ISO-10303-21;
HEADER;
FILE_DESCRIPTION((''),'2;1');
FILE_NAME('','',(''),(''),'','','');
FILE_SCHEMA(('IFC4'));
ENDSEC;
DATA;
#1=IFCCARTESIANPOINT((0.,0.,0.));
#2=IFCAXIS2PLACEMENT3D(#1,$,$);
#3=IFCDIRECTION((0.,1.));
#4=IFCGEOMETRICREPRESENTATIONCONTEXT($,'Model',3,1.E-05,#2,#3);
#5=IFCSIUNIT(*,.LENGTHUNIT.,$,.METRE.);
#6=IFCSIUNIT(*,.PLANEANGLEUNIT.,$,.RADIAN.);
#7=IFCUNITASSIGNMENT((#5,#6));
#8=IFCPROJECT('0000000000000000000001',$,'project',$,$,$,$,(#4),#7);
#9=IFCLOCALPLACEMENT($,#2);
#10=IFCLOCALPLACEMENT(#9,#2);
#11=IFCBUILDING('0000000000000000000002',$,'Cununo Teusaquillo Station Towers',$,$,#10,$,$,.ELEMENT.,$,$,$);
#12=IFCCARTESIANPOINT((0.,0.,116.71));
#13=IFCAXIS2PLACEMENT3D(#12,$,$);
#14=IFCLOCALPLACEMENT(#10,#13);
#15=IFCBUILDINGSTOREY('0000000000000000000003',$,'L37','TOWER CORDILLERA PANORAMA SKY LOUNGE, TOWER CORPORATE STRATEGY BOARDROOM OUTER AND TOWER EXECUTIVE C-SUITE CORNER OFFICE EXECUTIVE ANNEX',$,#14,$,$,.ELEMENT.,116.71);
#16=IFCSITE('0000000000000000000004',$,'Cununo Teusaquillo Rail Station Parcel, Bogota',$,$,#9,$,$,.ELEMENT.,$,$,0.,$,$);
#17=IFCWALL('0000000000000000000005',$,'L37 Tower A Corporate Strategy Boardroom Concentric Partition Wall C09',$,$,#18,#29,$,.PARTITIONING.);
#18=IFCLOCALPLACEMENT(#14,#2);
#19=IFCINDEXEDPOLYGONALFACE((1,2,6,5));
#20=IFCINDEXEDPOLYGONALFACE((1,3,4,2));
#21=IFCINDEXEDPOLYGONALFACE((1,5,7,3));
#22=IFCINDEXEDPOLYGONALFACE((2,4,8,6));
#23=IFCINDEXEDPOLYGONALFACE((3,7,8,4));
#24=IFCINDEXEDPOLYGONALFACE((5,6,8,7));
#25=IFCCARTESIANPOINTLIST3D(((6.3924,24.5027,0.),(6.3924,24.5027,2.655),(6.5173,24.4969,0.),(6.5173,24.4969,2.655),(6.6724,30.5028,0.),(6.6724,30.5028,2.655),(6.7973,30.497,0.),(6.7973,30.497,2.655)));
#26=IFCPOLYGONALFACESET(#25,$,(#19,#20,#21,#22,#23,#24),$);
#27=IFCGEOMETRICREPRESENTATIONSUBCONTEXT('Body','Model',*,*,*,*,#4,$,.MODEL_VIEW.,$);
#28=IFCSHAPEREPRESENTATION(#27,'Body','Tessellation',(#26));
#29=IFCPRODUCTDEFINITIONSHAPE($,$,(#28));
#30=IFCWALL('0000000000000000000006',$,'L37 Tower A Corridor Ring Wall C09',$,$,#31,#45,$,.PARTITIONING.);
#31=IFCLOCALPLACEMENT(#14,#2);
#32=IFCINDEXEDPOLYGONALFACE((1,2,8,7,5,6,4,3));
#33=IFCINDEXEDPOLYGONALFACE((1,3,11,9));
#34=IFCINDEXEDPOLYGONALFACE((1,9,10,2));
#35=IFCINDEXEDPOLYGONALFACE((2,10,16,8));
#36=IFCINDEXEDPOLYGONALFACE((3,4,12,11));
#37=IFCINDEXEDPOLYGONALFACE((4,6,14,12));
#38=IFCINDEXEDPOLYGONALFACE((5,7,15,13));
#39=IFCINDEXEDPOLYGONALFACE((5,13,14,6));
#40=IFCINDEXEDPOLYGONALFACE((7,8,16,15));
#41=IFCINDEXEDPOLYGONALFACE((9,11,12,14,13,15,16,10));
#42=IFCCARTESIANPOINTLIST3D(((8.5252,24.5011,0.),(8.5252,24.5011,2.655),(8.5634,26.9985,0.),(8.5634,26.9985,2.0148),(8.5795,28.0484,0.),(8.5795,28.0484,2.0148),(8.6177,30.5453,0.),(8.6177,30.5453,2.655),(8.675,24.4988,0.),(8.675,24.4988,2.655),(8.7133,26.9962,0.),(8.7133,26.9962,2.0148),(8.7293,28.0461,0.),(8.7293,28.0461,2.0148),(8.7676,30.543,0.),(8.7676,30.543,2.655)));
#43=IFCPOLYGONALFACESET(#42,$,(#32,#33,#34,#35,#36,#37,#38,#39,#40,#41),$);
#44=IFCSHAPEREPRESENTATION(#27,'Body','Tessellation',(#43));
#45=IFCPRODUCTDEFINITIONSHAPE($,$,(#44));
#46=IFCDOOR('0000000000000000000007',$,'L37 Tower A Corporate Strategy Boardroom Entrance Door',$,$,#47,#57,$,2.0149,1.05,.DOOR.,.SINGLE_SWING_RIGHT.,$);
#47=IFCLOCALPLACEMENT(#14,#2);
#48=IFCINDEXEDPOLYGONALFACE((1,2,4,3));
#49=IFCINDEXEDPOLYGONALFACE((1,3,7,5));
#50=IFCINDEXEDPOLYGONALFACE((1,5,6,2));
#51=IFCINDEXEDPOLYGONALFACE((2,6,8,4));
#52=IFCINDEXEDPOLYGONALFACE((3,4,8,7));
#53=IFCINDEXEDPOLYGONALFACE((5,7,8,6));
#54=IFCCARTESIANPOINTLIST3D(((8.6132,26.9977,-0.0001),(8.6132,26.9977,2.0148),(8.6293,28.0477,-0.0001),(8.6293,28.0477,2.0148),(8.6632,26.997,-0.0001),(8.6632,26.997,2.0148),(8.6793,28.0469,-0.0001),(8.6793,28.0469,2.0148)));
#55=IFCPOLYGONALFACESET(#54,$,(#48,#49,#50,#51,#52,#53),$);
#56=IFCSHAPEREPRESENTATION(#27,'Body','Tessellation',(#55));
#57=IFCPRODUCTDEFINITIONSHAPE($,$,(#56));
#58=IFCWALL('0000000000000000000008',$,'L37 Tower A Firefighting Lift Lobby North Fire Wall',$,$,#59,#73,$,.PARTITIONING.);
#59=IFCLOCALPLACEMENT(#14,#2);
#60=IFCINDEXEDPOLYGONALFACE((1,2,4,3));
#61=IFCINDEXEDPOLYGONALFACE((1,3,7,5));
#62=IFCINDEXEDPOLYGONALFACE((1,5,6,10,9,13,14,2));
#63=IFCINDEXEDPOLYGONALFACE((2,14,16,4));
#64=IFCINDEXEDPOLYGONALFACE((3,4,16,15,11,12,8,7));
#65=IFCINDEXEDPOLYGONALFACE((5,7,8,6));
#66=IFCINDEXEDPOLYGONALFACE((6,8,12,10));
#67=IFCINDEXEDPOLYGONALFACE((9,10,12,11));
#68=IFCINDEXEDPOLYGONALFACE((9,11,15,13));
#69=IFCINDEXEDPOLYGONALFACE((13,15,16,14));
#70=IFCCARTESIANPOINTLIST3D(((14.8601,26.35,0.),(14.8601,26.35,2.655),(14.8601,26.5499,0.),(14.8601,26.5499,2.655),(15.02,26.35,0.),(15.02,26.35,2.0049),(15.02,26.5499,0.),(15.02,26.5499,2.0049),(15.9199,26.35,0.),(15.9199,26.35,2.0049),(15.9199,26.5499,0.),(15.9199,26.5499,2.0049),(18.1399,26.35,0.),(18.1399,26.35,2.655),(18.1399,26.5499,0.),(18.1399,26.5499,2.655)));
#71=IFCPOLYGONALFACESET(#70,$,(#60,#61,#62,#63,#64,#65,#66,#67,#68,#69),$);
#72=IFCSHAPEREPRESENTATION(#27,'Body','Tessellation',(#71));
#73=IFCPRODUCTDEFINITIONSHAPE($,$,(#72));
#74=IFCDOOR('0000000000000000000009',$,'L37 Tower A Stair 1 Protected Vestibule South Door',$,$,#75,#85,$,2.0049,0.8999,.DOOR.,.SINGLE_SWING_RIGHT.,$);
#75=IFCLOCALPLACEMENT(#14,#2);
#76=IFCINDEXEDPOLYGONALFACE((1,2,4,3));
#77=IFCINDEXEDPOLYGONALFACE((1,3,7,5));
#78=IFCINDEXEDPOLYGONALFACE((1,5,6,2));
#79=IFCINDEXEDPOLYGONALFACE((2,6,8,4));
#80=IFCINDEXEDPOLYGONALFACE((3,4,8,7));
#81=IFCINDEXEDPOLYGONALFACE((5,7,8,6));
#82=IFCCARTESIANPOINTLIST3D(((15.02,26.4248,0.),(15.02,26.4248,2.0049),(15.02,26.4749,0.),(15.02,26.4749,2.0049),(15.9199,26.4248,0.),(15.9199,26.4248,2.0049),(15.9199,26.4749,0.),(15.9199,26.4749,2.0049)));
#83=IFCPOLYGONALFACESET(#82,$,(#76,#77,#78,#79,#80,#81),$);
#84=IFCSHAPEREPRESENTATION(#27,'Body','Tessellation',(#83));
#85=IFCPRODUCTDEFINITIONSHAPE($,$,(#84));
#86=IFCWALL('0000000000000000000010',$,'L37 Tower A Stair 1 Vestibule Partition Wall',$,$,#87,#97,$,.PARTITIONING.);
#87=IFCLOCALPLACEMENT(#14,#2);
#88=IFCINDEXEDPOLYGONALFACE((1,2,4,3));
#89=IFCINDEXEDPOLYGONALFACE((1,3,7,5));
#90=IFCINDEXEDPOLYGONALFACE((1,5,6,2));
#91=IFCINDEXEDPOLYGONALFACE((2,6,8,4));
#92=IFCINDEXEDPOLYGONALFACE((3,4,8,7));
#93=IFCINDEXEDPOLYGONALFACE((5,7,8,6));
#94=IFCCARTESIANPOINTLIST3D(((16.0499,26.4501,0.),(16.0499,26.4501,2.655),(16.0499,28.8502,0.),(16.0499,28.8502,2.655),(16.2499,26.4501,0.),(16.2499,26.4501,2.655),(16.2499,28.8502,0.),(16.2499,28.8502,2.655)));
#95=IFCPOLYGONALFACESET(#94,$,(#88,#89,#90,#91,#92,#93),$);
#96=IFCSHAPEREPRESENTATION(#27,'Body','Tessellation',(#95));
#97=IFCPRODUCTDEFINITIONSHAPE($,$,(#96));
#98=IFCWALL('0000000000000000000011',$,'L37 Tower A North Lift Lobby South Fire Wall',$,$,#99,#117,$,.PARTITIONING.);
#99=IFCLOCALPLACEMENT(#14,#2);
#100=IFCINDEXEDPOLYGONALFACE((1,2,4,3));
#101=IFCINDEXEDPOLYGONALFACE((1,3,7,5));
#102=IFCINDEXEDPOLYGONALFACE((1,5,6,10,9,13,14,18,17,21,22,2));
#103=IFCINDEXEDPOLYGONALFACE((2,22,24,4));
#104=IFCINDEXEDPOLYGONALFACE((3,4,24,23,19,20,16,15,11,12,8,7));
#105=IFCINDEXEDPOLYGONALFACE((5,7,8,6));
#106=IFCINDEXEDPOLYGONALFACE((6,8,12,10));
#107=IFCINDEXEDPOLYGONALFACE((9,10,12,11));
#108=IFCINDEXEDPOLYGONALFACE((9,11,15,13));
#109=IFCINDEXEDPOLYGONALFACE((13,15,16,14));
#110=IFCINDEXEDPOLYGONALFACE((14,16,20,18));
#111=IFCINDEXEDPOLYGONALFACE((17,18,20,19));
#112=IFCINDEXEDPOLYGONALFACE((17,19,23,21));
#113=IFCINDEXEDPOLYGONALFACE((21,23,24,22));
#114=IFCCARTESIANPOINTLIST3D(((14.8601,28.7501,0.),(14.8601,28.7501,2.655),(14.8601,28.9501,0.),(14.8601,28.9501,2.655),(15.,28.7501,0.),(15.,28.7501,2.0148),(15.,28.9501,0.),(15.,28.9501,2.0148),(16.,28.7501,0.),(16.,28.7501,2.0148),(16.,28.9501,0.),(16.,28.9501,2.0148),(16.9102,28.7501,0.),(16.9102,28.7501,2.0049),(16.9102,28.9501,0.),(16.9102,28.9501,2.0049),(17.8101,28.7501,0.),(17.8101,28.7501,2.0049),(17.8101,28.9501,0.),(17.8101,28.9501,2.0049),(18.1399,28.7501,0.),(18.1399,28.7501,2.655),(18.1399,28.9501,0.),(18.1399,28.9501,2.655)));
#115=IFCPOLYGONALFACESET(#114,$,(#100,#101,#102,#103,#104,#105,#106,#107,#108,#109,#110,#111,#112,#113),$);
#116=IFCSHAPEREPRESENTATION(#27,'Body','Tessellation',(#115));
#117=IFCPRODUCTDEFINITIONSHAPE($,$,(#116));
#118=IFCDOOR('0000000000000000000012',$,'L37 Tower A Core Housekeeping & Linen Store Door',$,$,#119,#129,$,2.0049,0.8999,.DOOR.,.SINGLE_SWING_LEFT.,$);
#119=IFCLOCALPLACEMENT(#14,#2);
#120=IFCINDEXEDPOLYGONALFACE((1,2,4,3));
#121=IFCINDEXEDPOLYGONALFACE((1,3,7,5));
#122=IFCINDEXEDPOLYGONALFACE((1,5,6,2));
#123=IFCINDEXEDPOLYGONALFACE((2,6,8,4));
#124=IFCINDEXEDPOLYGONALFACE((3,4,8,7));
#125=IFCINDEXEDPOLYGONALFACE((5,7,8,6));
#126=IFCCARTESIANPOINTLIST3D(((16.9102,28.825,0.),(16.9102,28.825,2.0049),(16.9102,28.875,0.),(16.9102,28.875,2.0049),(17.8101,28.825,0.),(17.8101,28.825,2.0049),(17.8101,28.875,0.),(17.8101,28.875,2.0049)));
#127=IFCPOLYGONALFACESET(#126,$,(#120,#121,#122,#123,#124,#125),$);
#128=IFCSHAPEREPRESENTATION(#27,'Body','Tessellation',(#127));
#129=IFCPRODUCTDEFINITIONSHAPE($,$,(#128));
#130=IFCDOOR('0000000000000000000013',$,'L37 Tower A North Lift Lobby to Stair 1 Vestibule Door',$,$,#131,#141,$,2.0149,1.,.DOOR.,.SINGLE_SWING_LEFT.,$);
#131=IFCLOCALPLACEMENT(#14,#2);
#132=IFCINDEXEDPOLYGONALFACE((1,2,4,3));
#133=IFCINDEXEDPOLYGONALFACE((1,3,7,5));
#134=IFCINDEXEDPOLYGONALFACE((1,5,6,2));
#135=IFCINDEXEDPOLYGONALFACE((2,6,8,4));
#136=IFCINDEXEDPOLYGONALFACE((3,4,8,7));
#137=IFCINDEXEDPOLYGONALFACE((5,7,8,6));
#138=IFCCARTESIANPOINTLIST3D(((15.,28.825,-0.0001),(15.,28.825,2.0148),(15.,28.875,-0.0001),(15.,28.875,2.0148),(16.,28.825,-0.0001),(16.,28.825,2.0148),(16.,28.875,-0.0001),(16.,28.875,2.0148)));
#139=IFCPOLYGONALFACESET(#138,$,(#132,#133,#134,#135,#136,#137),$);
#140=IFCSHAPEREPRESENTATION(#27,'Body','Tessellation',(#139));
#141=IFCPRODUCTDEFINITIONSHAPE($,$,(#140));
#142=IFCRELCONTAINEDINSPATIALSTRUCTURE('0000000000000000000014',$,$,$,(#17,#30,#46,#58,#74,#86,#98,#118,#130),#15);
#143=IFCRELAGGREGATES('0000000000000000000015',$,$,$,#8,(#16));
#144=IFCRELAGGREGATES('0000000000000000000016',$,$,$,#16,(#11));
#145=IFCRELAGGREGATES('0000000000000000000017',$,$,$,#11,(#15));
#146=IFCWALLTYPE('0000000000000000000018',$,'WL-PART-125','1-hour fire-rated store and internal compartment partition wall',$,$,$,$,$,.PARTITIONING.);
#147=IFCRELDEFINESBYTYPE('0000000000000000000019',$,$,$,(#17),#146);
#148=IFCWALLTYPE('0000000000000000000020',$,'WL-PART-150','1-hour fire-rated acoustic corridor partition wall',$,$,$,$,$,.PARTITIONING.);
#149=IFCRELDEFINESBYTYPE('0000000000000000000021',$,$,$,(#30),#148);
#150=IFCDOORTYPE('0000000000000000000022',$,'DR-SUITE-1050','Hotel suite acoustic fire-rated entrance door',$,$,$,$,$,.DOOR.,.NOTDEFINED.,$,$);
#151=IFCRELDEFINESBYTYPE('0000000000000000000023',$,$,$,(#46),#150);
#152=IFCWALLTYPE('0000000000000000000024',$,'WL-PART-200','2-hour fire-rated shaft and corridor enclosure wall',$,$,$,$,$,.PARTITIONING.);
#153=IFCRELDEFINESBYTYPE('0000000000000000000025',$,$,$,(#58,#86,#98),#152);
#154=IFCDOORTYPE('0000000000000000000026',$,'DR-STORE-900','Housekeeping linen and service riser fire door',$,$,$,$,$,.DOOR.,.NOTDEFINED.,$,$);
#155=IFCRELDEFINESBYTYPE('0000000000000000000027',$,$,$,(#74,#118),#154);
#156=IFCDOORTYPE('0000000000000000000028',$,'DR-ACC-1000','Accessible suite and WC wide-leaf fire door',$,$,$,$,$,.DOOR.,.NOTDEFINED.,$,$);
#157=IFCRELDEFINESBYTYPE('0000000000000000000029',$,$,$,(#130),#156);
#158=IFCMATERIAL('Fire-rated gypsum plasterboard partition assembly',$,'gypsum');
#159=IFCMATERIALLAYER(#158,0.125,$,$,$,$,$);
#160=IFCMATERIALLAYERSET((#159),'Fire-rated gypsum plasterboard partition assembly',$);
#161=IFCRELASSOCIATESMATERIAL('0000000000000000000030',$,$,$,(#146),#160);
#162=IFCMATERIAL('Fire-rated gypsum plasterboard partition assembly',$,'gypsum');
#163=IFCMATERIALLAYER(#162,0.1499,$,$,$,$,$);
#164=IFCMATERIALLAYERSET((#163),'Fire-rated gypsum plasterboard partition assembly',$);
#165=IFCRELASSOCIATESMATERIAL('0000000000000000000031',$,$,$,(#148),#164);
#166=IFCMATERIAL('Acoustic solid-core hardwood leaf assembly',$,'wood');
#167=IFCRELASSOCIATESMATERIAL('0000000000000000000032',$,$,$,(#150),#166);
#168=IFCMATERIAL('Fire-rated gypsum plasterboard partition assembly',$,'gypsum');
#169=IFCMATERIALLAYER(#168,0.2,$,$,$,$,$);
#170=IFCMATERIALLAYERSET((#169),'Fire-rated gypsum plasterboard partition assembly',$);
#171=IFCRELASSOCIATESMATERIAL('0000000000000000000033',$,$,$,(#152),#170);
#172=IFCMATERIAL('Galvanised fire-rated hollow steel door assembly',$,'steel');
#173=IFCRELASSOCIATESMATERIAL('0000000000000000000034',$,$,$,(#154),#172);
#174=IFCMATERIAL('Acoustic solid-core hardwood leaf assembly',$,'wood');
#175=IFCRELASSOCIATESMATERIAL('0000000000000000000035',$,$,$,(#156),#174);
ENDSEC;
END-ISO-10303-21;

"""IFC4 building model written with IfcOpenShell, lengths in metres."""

from ifc_helpers import new_model, si_unit, direction, frame, frame_2d, origin, place, context, subcontext, project, spatial, rectangle, extrude, source, transform, mapped, material, layer, layer_set, type_object, element, fill, save


model = new_model("IFC4")

# Units and contexts
model_context = context("Model", 3, precision=1e-05, world=origin(), true_north=direction((0.0, 1.0)))
body_context = subcontext(model_context, "Body", "Model", "MODEL_VIEW")
ifc_project = project(units=[si_unit("LENGTHUNIT", "METRE"), si_unit("PLANEANGLEUNIT", "RADIAN")], contexts=[model_context])

# Site, building, storey
site_placement = place(None, origin())
site = spatial("IfcSite", under=ifc_project, at=site_placement, Name="Cununo Teusaquillo Rail Station Parcel, Bogota", CompositionType="ELEMENT", RefElevation=0.0)
building_placement = place(site_placement, origin())
building = spatial("IfcBuilding", under=site, at=building_placement, Name="Cununo Teusaquillo Station Towers", CompositionType="ELEMENT")
storey_placement = place(building_placement, frame((0.0, 0.0, 116.71)))
storey = spatial("IfcBuildingStorey", under=building, at=storey_placement, Name="L37", Description="TOWER CORDILLERA PANORAMA SKY LOUNGE, TOWER CORPORATE STRATEGY BOARDROOM OUTER AND TOWER EXECUTIVE C-SUITE CORNER OFFICE EXECUTIVE ANNEX", CompositionType="ELEMENT", Elevation=116.71)

# Wall
ifc_material_1 = material(Name="Fire-rated gypsum plasterboard partition assembly", Category="gypsum")
ifc_layer_1 = layer(ifc_material_1, 0.125)
ifc_layer_set_1 = layer_set([ifc_layer_1], Name="Fire-rated gypsum plasterboard partition assembly")
wall_type_1 = type_object("IfcWallType", Name="WL-PART-125", Description="1-hour fire-rated store and internal compartment partition wall", PredefinedType="PARTITIONING", material=ifc_layer_set_1)
wall_1_placement = place(storey_placement, frame((6.7349, 30.5, 0.0), z_axis=(0.0, 0.0, 1.0), x_axis=(-0.046621, -0.998913, 0.0)))
element("IfcWall", 1, at=wall_1_placement, inside=storey, type_object=wall_type_1, Name="L37 Tower A Corporate Strategy Boardroom Concentric Partition Wall C09", PredefinedType="PARTITIONING", context=body_context, shape_type="SweptSolid", body=[
    extrude(rectangle(XDim=6.0066, YDim=0.125, at=frame_2d((3.0034, 0.0))), origin(), (0.0, 0.0, 1.0), 2.655),
])

# Walls, openings, doors
ifc_material_2 = material(Name="Fire-rated gypsum plasterboard partition assembly", Category="gypsum")
ifc_layer_2 = layer(ifc_material_2, 0.1499)
ifc_layer_set_2 = layer_set([ifc_layer_2], Name="Fire-rated gypsum plasterboard partition assembly")
wall_type_2 = type_object("IfcWallType", Name="WL-PART-150", Description="1-hour fire-rated acoustic corridor partition wall", PredefinedType="PARTITIONING", material=ifc_layer_set_2)
wall_2_placement = place(storey_placement, frame((8.6926, 30.5442, 0.0), z_axis=(0.0, 0.0, 1.0), x_axis=(-0.015307, -0.999883, 0.0)))
wall_2 = element("IfcWall", 2, at=wall_2_placement, inside=storey, type_object=wall_type_2, Name="L37 Tower A Corridor Ring Wall C09", PredefinedType="PARTITIONING", context=body_context, shape_type="SweptSolid", body=[
    extrude(rectangle(XDim=6.0449, YDim=0.1499, at=frame_2d((3.0225, 0.0))), origin(), (0.0, 0.0, 1.0), 2.655),
])
shared_shape_1 = source(origin(), body_context, "Body", "SweptSolid", [
    extrude(rectangle(XDim=1.05, YDim=2.0149, at=frame_2d((0.5249, 1.0073))), frame((0.0, 0.085, 0.0), z_axis=(0.0, -1.0, 0.0), x_axis=(1.0, 0.0, 0.0)), (0.0, 0.0, 1.0), 0.1699),
])
opening_1_placement = place(wall_2_placement, frame((2.4973, 0.0, 0.0)))
opening_1 = element("IfcOpeningElement", 3, at=opening_1_placement, cuts=wall_2, PredefinedType="OPENING", context=body_context, shape_type="MappedRepresentation", body=[
    mapped(shared_shape_1, transform((0.0, 0.0, 0.0), x_axis=(1.0, 0.0, 0.0), y_axis=(0.0, 1.0, 0.0), z_axis=(0.0, 0.0, 1.0), scale=1.0)),
])
ifc_material_3 = material(Name="Acoustic solid-core hardwood leaf assembly", Category="wood")
door_type_1 = type_object("IfcDoorType", Name="DR-SUITE-1050", Description="Hotel suite acoustic fire-rated entrance door", OperationType="NOTDEFINED", PredefinedType="DOOR", material=ifc_material_3)
shared_shape_2 = source(origin(), body_context, "Body", "SweptSolid", [
    extrude(rectangle(XDim=1.05, YDim=2.0149, at=frame_2d((0.5249, 1.0073))), frame((0.0, 0.0249, 0.0), z_axis=(0.0, -1.0, 0.0), x_axis=(1.0, 0.0, 0.0)), (0.0, 0.0, 1.0), 0.05),
])
door_1_placement = place(opening_1_placement, origin())
door_1 = element("IfcDoor", 4, at=door_1_placement, inside=storey, type_object=door_type_1, Name="L37 Tower A Corporate Strategy Boardroom Entrance Door", OperationType="SINGLE_SWING_RIGHT", OverallHeight=2.0149, OverallWidth=1.05, PredefinedType="DOOR", context=body_context, shape_type="MappedRepresentation", body=[
    mapped(shared_shape_2, transform((0.0, 0.0, 0.0), x_axis=(1.0, 0.0, 0.0), y_axis=(0.0, 1.0, 0.0), z_axis=(0.0, 0.0, 1.0), scale=1.0)),
])
fill(opening_1, door_1)
ifc_material_4 = material(Name="Fire-rated gypsum plasterboard partition assembly", Category="gypsum")
ifc_layer_3 = layer(ifc_material_4, 0.2)
ifc_layer_set_3 = layer_set([ifc_layer_3], Name="Fire-rated gypsum plasterboard partition assembly")
wall_type_3 = type_object("IfcWallType", Name="WL-PART-200", Description="2-hour fire-rated shaft and corridor enclosure wall", PredefinedType="PARTITIONING", material=ifc_layer_set_3)
wall_3_placement = place(storey_placement, frame((14.8601, 26.45, 0.0), z_axis=(0.0, 0.0, 1.0), x_axis=(1.0, 0.0, 0.0)))
wall_3 = element("IfcWall", 5, at=wall_3_placement, inside=storey, type_object=wall_type_3, Name="L37 Tower A Firefighting Lift Lobby North Fire Wall", PredefinedType="PARTITIONING", context=body_context, shape_type="SweptSolid", body=[
    extrude(rectangle(XDim=3.2798, YDim=0.2, at=frame_2d((1.6399, 0.0))), origin(), (0.0, 0.0, 1.0), 2.655),
])
shared_shape_3 = source(origin(), body_context, "Body", "SweptSolid", [
    extrude(rectangle(XDim=0.8999, YDim=2.0049, at=frame_2d((0.45, 1.0024))), frame((0.0, 0.1099, 0.0), z_axis=(0.0, -1.0, 0.0), x_axis=(1.0, 0.0, 0.0)), (0.0, 0.0, 1.0), 0.22),
])
opening_2_placement = place(wall_3_placement, frame((0.1599, 0.0, 0.0)))
opening_2 = element("IfcOpeningElement", 6, at=opening_2_placement, cuts=wall_3, PredefinedType="OPENING", context=body_context, shape_type="MappedRepresentation", body=[
    mapped(shared_shape_3, transform((0.0, 0.0, 0.0), x_axis=(1.0, 0.0, 0.0), y_axis=(0.0, 1.0, 0.0), z_axis=(0.0, 0.0, 1.0), scale=1.0)),
])
ifc_material_5 = material(Name="Galvanised fire-rated hollow steel door assembly", Category="steel")
door_type_2 = type_object("IfcDoorType", Name="DR-STORE-900", Description="Housekeeping linen and service riser fire door", OperationType="NOTDEFINED", PredefinedType="DOOR", material=ifc_material_5)
shared_shape_4 = source(origin(), body_context, "Body", "SweptSolid", [
    extrude(rectangle(XDim=0.8999, YDim=2.0049, at=frame_2d((0.45, 1.0024))), frame((0.0, 0.0249, 0.0), z_axis=(0.0, -1.0, 0.0), x_axis=(1.0, 0.0, 0.0)), (0.0, 0.0, 1.0), 0.05),
])
door_2_placement = place(opening_2_placement, origin())
door_2 = element("IfcDoor", 7, at=door_2_placement, inside=storey, type_object=door_type_2, Name="L37 Tower A Stair 1 Protected Vestibule South Door", OperationType="SINGLE_SWING_RIGHT", OverallHeight=2.0049, OverallWidth=0.8999, PredefinedType="DOOR", context=body_context, shape_type="MappedRepresentation", body=[
    mapped(shared_shape_4, transform((0.0, 0.0, 0.0), x_axis=(1.0, 0.0, 0.0), y_axis=(0.0, 1.0, 0.0), z_axis=(0.0, 0.0, 1.0), scale=1.0)),
])
fill(opening_2, door_2)

# Wall
wall_4_placement = place(storey_placement, frame((16.1499, 26.45, 0.0), z_axis=(0.0, 0.0, 1.0), x_axis=(0.0, 1.0, 0.0)))
element("IfcWall", 8, at=wall_4_placement, inside=storey, type_object=wall_type_3, Name="L37 Tower A Stair 1 Vestibule Partition Wall", PredefinedType="PARTITIONING", context=body_context, shape_type="SweptSolid", body=[
    extrude(rectangle(XDim=2.4001, YDim=0.2, at=frame_2d((1.2002, 0.0))), origin(), (0.0, 0.0, 1.0), 2.655),
])

# Wall, openings, doors
wall_5_placement = place(storey_placement, frame((14.8601, 28.8501, 0.0), z_axis=(0.0, 0.0, 1.0), x_axis=(1.0, 0.0, 0.0)))
wall_5 = element("IfcWall", 9, at=wall_5_placement, inside=storey, type_object=wall_type_3, Name="L37 Tower A North Lift Lobby South Fire Wall", PredefinedType="PARTITIONING", context=body_context, shape_type="SweptSolid", body=[
    extrude(rectangle(XDim=3.2798, YDim=0.2, at=frame_2d((1.6399, 0.0))), origin(), (0.0, 0.0, 1.0), 2.655),
])
shared_shape_5 = source(origin(), body_context, "Body", "SweptSolid", [
    extrude(rectangle(XDim=1.0, YDim=2.0149, at=frame_2d((0.5, 1.0073))), frame((0.0, 0.1099, 0.0), z_axis=(0.0, -1.0, 0.0), x_axis=(1.0, 0.0, 0.0)), (0.0, 0.0, 1.0), 0.22),
])
opening_3_placement = place(wall_5_placement, frame((0.1399, 0.0, 0.0)))
opening_3 = element("IfcOpeningElement", 10, at=opening_3_placement, cuts=wall_5, PredefinedType="OPENING", context=body_context, shape_type="MappedRepresentation", body=[
    mapped(shared_shape_5, transform((0.0, 0.0, 0.0), x_axis=(1.0, 0.0, 0.0), y_axis=(0.0, 1.0, 0.0), z_axis=(0.0, 0.0, 1.0), scale=1.0)),
])
opening_4_placement = place(wall_5_placement, frame((2.05, 0.0, 0.0)))
opening_4 = element("IfcOpeningElement", 11, at=opening_4_placement, cuts=wall_5, PredefinedType="OPENING", context=body_context, shape_type="MappedRepresentation", body=[
    mapped(shared_shape_3, transform((0.0, 0.0, 0.0), x_axis=(1.0, 0.0, 0.0), y_axis=(0.0, 1.0, 0.0), z_axis=(0.0, 0.0, 1.0), scale=1.0)),
])
door_3_placement = place(opening_4_placement, origin())
door_3 = element("IfcDoor", 12, at=door_3_placement, inside=storey, type_object=door_type_2, Name="L37 Tower A Core Housekeeping & Linen Store Door", OperationType="SINGLE_SWING_LEFT", OverallHeight=2.0049, OverallWidth=0.8999, PredefinedType="DOOR", context=body_context, shape_type="MappedRepresentation", body=[
    mapped(shared_shape_4, transform((0.0, 0.0, 0.0), x_axis=(1.0, 0.0, 0.0), y_axis=(0.0, 1.0, 0.0), z_axis=(0.0, 0.0, 1.0), scale=1.0)),
])
fill(opening_4, door_3)
ifc_material_6 = material(Name="Acoustic solid-core hardwood leaf assembly", Category="wood")
door_type_3 = type_object("IfcDoorType", Name="DR-ACC-1000", Description="Accessible suite and WC wide-leaf fire door", OperationType="NOTDEFINED", PredefinedType="DOOR", material=ifc_material_6)
shared_shape_6 = source(origin(), body_context, "Body", "SweptSolid", [
    extrude(rectangle(XDim=1.0, YDim=2.0149, at=frame_2d((0.5, 1.0073))), frame((0.0, 0.0249, 0.0), z_axis=(0.0, -1.0, 0.0), x_axis=(1.0, 0.0, 0.0)), (0.0, 0.0, 1.0), 0.05),
])
door_4_placement = place(opening_3_placement, origin())
door_4 = element("IfcDoor", 13, at=door_4_placement, inside=storey, type_object=door_type_3, Name="L37 Tower A North Lift Lobby to Stair 1 Vestibule Door", OperationType="SINGLE_SWING_LEFT", OverallHeight=2.0149, OverallWidth=1.0, PredefinedType="DOOR", context=body_context, shape_type="MappedRepresentation", body=[
    mapped(shared_shape_6, transform((0.0, 0.0, 0.0), x_axis=(1.0, 0.0, 0.0), y_axis=(0.0, 1.0, 0.0), z_axis=(0.0, 0.0, 1.0), scale=1.0)),
])
fill(opening_3, door_4)

save(model, "model.ifc")
